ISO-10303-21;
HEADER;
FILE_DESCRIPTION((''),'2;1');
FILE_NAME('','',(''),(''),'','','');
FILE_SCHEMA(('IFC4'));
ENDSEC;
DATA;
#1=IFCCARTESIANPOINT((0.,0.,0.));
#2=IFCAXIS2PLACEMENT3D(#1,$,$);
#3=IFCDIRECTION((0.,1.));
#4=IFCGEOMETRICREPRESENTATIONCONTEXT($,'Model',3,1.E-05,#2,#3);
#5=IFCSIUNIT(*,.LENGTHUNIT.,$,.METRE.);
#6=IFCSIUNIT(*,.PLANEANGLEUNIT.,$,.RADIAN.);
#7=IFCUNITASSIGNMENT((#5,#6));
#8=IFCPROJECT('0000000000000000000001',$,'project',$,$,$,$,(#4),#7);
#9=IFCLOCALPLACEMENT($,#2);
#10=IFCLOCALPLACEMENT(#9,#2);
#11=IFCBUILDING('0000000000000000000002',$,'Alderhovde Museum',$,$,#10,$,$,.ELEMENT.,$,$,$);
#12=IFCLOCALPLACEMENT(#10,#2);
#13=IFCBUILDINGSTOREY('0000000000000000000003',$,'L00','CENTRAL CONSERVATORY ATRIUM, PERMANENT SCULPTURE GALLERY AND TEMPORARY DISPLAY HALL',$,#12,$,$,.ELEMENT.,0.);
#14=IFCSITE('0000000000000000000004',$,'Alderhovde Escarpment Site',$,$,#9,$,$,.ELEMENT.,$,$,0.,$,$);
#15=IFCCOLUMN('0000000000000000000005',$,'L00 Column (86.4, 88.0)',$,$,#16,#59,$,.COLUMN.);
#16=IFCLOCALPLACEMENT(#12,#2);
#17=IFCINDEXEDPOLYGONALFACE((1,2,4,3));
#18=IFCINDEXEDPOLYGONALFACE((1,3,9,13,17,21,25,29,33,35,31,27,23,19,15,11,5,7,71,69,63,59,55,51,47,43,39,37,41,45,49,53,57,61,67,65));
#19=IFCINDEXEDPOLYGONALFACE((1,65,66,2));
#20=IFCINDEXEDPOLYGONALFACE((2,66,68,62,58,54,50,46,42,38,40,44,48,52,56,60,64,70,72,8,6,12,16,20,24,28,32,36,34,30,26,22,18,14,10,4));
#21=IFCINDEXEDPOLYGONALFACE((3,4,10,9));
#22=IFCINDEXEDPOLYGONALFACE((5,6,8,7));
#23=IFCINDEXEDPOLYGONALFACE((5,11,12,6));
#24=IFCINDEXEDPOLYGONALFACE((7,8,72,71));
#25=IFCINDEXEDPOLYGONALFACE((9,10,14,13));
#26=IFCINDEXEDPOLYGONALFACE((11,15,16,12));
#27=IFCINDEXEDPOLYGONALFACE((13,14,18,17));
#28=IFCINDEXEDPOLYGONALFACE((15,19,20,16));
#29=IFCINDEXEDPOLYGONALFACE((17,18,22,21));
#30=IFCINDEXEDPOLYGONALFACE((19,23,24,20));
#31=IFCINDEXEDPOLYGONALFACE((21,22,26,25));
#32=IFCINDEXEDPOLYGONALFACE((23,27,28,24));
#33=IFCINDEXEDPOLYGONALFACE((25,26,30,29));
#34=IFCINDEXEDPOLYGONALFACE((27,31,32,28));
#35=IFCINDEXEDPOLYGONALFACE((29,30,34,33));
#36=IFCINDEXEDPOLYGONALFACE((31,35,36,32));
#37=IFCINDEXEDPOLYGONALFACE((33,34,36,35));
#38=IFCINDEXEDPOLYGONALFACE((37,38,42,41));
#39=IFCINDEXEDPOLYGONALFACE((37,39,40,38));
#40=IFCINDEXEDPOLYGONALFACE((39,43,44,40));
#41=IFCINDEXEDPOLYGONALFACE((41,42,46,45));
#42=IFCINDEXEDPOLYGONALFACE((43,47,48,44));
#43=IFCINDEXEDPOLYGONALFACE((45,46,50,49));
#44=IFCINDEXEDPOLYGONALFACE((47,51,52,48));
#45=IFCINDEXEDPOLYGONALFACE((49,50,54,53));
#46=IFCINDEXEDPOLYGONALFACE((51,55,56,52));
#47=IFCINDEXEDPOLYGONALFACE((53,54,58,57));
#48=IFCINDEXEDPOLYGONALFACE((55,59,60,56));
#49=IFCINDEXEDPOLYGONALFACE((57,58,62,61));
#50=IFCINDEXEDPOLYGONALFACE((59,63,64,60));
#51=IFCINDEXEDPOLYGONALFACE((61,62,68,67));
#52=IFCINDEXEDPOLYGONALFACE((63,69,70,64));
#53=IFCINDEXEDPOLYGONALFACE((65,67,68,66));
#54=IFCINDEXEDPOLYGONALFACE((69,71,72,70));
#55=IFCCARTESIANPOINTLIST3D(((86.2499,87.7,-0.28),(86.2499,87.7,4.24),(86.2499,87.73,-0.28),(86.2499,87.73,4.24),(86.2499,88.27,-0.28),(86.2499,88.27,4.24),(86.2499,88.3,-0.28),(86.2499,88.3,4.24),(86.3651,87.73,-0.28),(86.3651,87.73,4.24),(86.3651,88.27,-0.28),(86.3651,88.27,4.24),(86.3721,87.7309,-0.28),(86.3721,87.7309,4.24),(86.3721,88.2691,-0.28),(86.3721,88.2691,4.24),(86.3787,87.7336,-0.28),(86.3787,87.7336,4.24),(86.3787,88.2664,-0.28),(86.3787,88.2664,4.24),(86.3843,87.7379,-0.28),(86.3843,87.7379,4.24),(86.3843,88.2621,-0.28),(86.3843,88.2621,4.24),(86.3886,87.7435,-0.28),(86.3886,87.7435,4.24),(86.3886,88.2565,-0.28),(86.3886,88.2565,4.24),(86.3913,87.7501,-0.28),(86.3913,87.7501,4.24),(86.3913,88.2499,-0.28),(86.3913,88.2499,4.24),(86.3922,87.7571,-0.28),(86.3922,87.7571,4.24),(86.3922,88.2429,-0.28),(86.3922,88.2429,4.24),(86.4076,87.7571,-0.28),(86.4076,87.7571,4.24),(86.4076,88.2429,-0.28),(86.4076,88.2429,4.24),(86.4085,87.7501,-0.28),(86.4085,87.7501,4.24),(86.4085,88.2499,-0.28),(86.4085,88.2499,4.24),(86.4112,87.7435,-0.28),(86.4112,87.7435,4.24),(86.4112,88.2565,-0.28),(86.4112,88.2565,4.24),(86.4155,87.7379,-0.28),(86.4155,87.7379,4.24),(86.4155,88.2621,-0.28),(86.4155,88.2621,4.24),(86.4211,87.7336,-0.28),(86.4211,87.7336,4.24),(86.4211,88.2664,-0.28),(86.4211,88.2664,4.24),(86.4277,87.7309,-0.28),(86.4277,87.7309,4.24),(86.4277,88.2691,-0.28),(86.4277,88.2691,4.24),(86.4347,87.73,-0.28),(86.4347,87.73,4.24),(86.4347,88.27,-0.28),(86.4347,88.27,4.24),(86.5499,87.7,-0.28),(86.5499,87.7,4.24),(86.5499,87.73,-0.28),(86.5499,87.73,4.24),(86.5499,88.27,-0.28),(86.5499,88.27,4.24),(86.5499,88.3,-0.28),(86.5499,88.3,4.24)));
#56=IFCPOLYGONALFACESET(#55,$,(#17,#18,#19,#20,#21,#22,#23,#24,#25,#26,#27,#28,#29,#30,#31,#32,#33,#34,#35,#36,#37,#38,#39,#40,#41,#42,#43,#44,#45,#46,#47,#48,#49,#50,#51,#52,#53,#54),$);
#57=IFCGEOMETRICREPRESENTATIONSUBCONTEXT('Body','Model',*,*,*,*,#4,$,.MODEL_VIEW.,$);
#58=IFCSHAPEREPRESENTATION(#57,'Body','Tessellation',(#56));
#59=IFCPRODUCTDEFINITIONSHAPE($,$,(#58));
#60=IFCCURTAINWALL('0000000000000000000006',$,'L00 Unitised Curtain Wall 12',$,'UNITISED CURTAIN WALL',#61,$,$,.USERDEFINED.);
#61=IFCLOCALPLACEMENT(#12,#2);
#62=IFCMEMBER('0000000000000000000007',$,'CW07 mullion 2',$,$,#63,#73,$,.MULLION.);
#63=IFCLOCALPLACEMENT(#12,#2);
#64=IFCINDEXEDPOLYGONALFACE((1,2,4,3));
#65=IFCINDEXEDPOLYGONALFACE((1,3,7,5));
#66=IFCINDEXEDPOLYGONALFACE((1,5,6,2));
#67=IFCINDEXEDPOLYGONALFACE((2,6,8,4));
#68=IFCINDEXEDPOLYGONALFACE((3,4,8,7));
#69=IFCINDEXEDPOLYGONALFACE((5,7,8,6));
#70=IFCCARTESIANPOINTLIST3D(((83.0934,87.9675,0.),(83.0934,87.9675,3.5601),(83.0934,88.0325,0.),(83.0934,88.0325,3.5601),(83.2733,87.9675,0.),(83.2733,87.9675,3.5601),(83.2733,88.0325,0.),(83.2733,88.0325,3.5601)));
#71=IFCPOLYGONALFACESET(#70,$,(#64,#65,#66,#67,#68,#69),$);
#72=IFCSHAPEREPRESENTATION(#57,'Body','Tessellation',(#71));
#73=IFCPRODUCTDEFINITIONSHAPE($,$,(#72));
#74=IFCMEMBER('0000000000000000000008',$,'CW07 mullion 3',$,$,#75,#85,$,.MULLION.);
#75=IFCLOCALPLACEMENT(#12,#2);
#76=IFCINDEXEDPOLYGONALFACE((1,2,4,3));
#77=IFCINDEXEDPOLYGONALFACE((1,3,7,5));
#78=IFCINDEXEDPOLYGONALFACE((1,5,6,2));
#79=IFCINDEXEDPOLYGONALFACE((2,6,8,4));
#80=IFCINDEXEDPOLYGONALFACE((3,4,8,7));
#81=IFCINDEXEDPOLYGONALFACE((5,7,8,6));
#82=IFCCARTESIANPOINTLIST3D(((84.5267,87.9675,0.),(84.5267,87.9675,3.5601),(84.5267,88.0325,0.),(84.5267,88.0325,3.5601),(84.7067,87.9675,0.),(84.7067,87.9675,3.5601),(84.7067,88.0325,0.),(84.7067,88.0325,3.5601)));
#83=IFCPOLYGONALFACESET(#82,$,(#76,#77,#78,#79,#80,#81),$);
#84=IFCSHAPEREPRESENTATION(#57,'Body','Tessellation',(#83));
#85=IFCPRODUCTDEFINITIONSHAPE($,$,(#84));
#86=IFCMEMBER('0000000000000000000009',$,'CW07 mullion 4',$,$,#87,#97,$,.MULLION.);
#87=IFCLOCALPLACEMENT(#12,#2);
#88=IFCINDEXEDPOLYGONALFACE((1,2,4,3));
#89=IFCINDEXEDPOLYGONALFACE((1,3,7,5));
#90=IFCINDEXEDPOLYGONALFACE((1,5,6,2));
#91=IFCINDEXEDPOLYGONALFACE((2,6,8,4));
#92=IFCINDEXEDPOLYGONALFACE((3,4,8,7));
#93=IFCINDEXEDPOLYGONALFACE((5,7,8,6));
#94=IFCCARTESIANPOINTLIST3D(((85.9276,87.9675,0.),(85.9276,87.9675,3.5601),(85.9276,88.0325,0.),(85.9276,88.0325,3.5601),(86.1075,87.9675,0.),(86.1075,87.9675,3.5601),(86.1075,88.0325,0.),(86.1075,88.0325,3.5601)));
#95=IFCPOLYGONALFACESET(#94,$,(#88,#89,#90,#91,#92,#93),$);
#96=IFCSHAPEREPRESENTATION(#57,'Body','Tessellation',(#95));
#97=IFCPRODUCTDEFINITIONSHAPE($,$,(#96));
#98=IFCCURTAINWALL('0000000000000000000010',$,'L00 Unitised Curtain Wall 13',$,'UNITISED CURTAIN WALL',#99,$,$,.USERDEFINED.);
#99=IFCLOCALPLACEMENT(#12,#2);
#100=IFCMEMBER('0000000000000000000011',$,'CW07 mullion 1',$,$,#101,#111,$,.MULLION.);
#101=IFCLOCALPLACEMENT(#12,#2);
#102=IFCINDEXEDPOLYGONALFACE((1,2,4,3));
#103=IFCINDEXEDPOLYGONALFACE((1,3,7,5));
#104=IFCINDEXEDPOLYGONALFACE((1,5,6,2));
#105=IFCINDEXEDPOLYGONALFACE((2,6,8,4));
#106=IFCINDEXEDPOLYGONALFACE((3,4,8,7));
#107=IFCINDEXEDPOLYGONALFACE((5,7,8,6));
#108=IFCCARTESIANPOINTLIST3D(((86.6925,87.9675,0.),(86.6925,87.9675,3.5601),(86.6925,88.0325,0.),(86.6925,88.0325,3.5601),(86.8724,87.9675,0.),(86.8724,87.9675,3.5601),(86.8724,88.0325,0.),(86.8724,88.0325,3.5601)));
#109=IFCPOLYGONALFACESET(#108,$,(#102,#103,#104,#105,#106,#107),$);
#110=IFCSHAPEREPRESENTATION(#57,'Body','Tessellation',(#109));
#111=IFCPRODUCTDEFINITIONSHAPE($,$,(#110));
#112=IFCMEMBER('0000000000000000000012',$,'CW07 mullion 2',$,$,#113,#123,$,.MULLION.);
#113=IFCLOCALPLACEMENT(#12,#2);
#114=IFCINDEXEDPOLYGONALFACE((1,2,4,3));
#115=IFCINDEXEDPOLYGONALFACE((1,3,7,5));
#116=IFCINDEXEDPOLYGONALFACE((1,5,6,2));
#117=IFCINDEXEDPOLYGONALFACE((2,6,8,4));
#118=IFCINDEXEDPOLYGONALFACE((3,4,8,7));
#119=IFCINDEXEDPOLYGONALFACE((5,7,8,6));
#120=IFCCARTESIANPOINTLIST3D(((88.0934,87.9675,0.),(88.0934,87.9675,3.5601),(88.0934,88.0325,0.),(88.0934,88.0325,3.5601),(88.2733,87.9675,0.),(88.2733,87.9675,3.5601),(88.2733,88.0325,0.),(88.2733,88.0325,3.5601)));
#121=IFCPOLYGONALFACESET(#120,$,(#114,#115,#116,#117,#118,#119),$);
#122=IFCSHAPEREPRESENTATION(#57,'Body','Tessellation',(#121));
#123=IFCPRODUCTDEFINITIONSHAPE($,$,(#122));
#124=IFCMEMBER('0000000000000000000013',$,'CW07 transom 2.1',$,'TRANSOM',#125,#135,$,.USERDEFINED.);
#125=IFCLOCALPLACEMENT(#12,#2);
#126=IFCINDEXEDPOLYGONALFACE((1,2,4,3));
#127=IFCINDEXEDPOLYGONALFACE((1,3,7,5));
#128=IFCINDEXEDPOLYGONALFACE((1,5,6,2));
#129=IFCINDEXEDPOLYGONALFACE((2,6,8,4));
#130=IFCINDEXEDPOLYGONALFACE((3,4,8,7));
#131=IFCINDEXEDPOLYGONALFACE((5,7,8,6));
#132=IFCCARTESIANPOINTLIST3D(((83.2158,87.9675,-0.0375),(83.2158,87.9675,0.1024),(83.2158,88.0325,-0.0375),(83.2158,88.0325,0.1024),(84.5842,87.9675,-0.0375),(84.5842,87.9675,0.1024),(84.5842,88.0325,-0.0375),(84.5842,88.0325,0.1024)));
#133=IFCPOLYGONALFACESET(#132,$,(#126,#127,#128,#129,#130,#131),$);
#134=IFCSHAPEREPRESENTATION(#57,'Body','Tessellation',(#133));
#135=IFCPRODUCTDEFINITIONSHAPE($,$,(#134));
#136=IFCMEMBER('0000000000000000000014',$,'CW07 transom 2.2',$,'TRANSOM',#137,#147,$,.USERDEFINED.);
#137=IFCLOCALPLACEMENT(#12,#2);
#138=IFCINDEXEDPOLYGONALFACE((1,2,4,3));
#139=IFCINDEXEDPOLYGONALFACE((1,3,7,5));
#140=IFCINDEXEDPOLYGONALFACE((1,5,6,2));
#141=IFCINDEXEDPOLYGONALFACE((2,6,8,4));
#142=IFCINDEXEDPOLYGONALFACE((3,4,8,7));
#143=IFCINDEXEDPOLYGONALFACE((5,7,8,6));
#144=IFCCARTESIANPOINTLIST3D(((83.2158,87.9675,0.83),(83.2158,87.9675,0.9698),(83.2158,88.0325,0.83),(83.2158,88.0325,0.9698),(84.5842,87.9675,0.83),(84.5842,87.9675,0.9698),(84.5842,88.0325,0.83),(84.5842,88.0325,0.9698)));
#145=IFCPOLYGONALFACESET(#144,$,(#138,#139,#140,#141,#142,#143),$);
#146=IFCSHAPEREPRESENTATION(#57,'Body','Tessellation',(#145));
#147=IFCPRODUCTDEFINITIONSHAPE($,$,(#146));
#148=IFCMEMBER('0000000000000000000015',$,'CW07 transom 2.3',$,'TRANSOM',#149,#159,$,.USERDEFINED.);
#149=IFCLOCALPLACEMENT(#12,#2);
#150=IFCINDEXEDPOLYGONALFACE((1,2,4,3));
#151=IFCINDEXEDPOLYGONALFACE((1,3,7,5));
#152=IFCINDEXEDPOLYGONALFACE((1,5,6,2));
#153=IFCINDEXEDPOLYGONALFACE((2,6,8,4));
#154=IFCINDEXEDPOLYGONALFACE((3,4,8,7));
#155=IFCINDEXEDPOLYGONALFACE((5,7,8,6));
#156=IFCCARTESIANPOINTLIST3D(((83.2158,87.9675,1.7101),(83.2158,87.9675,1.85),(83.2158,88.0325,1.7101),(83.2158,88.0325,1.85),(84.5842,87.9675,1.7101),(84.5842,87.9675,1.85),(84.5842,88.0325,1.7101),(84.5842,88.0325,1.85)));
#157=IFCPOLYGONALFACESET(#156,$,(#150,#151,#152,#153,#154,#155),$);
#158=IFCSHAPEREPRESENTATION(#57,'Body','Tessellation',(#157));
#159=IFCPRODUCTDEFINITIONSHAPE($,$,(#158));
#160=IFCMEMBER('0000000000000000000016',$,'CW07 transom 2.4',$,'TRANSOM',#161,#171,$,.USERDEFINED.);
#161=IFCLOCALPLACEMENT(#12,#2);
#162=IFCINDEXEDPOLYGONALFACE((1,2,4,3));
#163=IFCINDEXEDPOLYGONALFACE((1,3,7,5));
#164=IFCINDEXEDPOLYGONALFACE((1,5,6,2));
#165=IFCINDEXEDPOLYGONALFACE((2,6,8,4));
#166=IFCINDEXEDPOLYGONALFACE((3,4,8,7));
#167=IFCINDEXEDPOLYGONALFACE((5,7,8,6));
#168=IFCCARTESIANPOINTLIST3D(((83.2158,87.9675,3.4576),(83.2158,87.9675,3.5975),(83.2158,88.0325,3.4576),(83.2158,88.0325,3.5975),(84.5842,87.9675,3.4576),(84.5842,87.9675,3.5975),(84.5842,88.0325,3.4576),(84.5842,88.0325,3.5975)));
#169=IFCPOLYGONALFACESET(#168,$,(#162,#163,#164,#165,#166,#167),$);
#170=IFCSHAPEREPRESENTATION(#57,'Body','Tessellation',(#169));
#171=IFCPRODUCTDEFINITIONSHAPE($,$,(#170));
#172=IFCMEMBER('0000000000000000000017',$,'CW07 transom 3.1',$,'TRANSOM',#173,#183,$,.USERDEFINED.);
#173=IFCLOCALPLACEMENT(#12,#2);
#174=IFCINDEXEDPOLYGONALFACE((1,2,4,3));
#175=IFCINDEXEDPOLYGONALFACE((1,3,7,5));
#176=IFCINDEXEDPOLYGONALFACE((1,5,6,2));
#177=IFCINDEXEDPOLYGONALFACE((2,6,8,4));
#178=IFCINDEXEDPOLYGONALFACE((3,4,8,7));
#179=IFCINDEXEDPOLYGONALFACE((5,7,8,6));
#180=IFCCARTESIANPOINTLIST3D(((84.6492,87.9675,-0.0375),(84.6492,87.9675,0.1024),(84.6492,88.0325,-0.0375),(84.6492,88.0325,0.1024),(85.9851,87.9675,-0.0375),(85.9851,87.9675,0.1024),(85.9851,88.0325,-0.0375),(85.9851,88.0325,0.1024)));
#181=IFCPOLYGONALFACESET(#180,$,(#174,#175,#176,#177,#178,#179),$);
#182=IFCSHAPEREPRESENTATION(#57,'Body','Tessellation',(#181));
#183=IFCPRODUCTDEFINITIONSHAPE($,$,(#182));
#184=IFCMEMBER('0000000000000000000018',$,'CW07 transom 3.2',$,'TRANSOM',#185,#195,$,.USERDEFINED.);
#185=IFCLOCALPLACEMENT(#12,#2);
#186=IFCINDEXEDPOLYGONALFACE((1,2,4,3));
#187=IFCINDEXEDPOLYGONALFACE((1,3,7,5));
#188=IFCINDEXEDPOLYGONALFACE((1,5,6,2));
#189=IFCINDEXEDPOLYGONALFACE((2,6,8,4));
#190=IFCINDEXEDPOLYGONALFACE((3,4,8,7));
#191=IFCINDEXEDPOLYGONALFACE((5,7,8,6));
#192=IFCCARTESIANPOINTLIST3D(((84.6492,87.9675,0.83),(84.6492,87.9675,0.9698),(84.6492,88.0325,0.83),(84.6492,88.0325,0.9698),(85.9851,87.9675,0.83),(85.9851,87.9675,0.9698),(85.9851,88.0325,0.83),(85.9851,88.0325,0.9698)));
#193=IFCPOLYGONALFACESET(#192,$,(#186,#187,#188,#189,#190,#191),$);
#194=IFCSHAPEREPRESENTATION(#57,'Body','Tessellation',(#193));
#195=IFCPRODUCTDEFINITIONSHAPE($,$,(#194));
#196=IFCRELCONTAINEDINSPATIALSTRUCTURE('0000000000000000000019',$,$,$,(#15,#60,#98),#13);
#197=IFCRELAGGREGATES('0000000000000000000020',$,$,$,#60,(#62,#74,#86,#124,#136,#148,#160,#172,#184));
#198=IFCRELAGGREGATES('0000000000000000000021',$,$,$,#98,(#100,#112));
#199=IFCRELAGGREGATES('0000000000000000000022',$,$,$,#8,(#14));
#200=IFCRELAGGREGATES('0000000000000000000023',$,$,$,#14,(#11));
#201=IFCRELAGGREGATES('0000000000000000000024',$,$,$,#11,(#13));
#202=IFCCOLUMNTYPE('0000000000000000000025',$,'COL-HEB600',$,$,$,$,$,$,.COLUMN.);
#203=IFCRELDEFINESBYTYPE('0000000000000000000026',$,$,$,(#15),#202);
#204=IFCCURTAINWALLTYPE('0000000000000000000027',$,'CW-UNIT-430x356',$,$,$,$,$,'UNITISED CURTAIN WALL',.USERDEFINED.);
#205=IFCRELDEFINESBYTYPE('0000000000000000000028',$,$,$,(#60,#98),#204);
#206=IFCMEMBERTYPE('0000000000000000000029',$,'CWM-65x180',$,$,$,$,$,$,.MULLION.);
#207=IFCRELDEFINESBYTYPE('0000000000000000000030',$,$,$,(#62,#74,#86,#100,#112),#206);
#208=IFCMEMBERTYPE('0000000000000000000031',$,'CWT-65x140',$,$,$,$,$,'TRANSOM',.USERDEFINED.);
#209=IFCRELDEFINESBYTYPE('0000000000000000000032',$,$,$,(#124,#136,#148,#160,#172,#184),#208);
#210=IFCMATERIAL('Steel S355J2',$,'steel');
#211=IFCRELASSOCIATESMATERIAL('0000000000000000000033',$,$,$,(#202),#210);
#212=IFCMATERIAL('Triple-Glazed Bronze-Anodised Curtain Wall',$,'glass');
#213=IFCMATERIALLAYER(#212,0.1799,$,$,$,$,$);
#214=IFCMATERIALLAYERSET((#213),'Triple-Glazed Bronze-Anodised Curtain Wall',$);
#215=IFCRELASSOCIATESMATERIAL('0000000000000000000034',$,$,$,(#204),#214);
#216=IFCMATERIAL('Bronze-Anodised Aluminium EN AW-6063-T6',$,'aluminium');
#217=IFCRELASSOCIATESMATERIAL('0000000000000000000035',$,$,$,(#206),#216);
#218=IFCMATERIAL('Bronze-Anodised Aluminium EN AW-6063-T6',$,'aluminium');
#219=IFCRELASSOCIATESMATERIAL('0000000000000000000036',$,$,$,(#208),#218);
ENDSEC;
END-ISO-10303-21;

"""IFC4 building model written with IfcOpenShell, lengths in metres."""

from ifc_helpers import new_model, si_unit, direction, frame, origin, origin_2d, place, context, subcontext, project, spatial, rectangle, i_section, extrude, material, layer, layer_set, material_profile, profile_set, type_object, element, aggregate, save


model = new_model("IFC4")

# Units and contexts
model_context = context("Model", 3, precision=1e-05, world=origin(), true_north=direction((0.0, 1.0)))
body_context = subcontext(model_context, "Body", "Model", "MODEL_VIEW")
ifc_project = project(units=[si_unit("LENGTHUNIT", "METRE"), si_unit("PLANEANGLEUNIT", "RADIAN")], contexts=[model_context])

# Site, building, storey
site_placement = place(None, origin())
site = spatial("IfcSite", under=ifc_project, at=site_placement, Name="Alderhovde Escarpment Site", CompositionType="ELEMENT", RefElevation=0.0)
building_placement = place(site_placement, origin())
building = spatial("IfcBuilding", under=site, at=building_placement, Name="Alderhovde Museum", CompositionType="ELEMENT")
storey_placement = place(building_placement, origin())
storey = spatial("IfcBuildingStorey", under=building, at=storey_placement, Name="L00", Description="CENTRAL CONSERVATORY ATRIUM, PERMANENT SCULPTURE GALLERY AND TEMPORARY DISPLAY HALL", CompositionType="ELEMENT", Elevation=0.0)

# Column
ifc_material_1 = material(Name="Steel S355J2", Category="steel")
ifc_material_profile_1 = material_profile(ifc_material_1, i_section(OverallWidth=0.3, OverallDepth=0.6001, WebThickness=0.0154, FlangeThickness=0.03, FilletRadius=0.0271, at=origin_2d()), Name="HEB 600")
ifc_profile_set_1 = profile_set([ifc_material_profile_1], Name="Steel S355J2")
column_type = type_object("IfcColumnType", Name="COL-HEB600", PredefinedType="COLUMN", material=ifc_profile_set_1)
column_placement = place(storey_placement, frame((86.3999, 88.0, -0.28), z_axis=(0.0, 0.0, 1.0), x_axis=(1.0, 0.0, 0.0)))
element("IfcColumn", 1, at=column_placement, inside=storey, type_object=column_type, Name="L00 Column (86.4, 88.0)", PredefinedType="COLUMN", context=body_context, shape_type="SweptSolid", body=[
    extrude(i_section(OverallWidth=0.3, OverallDepth=0.6001, WebThickness=0.0154, FlangeThickness=0.03, FilletRadius=0.0271, at=origin_2d()), origin(), (0.0, 0.0, 1.0), 4.52),
])

# Curtain walls, members
ifc_material_2 = material(Name="Triple-Glazed Bronze-Anodised Curtain Wall", Category="glass")
ifc_layer_1 = layer(ifc_material_2, 0.1799)
ifc_layer_set_1 = layer_set([ifc_layer_1], Name="Triple-Glazed Bronze-Anodised Curtain Wall")
curtain_wall_type = type_object("IfcCurtainWallType", Name="CW-UNIT-430x356", ElementType="UNITISED CURTAIN WALL", PredefinedType="USERDEFINED", material=ifc_layer_set_1)
curtain_wall_1_placement = place(storey_placement, origin())
curtain_wall_1 = element("IfcCurtainWall", 2, at=curtain_wall_1_placement, inside=storey, type_object=curtain_wall_type, Name="L00 Unitised Curtain Wall 12", ObjectType="UNITISED CURTAIN WALL", PredefinedType="USERDEFINED")
ifc_material_3 = material(Name="Bronze-Anodised Aluminium EN AW-6063-T6", Category="aluminium")
ifc_material_profile_2 = material_profile(ifc_material_3, rectangle(XDim=0.0649, YDim=0.1799, at=origin_2d()), Name="MULLION 65x180")
ifc_profile_set_2 = profile_set([ifc_material_profile_2], Name="Bronze-Anodised Aluminium EN AW-6063-T6")
member_type_1 = type_object("IfcMemberType", Name="CWM-65x180", PredefinedType="MULLION", material=ifc_profile_set_2)
member_1_placement = place(storey_placement, frame((83.1833, 88.0, 0.0), z_axis=(0.0, 0.0, 1.0), x_axis=(0.0, 1.0, 0.0)))
member_1 = element("IfcMember", 3, at=member_1_placement, type_object=member_type_1, Name="CW07 mullion 2", PredefinedType="MULLION", context=body_context, shape_type="SweptSolid", body=[
    extrude(rectangle(XDim=0.0649, YDim=0.1799, at=origin_2d()), origin(), (0.0, 0.0, 1.0), 3.5601),
])
member_2_placement = place(storey_placement, frame((84.6167, 88.0, 0.0), z_axis=(0.0, 0.0, 1.0), x_axis=(0.0, 1.0, 0.0)))
member_2 = element("IfcMember", 4, at=member_2_placement, type_object=member_type_1, Name="CW07 mullion 3", PredefinedType="MULLION", context=body_context, shape_type="SweptSolid", body=[
    extrude(rectangle(XDim=0.0649, YDim=0.1799, at=origin_2d()), origin(), (0.0, 0.0, 1.0), 3.5601),
])
member_3_placement = place(storey_placement, frame((86.0176, 88.0, 0.0), z_axis=(0.0, 0.0, 1.0), x_axis=(0.0, 1.0, 0.0)))
member_3 = element("IfcMember", 5, at=member_3_placement, type_object=member_type_1, Name="CW07 mullion 4", PredefinedType="MULLION", context=body_context, shape_type="SweptSolid", body=[
    extrude(rectangle(XDim=0.0649, YDim=0.1799, at=origin_2d()), origin(), (0.0, 0.0, 1.0), 3.5601),
])
curtain_wall_2_placement = place(storey_placement, origin())
curtain_wall_2 = element("IfcCurtainWall", 6, at=curtain_wall_2_placement, inside=storey, type_object=curtain_wall_type, Name="L00 Unitised Curtain Wall 13", ObjectType="UNITISED CURTAIN WALL", PredefinedType="USERDEFINED")
member_4_placement = place(storey_placement, frame((86.7825, 88.0, 0.0), z_axis=(0.0, 0.0, 1.0), x_axis=(0.0, 1.0, 0.0)))
member_4 = element("IfcMember", 7, at=member_4_placement, type_object=member_type_1, Name="CW07 mullion 1", PredefinedType="MULLION", context=body_context, shape_type="SweptSolid", body=[
    extrude(rectangle(XDim=0.0649, YDim=0.1799, at=origin_2d()), origin(), (0.0, 0.0, 1.0), 3.5601),
])
member_5_placement = place(storey_placement, frame((88.1833, 88.0, 0.0), z_axis=(0.0, 0.0, 1.0), x_axis=(0.0, 1.0, 0.0)))
member_5 = element("IfcMember", 8, at=member_5_placement, type_object=member_type_1, Name="CW07 mullion 2", PredefinedType="MULLION", context=body_context, shape_type="SweptSolid", body=[
    extrude(rectangle(XDim=0.0649, YDim=0.1799, at=origin_2d()), origin(), (0.0, 0.0, 1.0), 3.5601),
])

# Members
ifc_material_4 = material(Name="Bronze-Anodised Aluminium EN AW-6063-T6", Category="aluminium")
ifc_material_profile_3 = material_profile(ifc_material_4, rectangle(XDim=0.0649, YDim=0.1399, at=origin_2d()), Name="TRANSOM 65x140")
ifc_profile_set_3 = profile_set([ifc_material_profile_3], Name="Bronze-Anodised Aluminium EN AW-6063-T6")
member_type_2 = type_object("IfcMemberType", Name="CWT-65x140", ElementType="TRANSOM", PredefinedType="USERDEFINED", material=ifc_profile_set_3)
member_6_placement = place(storey_placement, frame((83.2158, 88.0, 0.0325), z_axis=(1.0, 0.0, 0.0), x_axis=(0.0, 1.0, 0.0)))
member_6 = element("IfcMember", 9, at=member_6_placement, type_object=member_type_2, Name="CW07 transom 2.1", ObjectType="TRANSOM", PredefinedType="USERDEFINED", context=body_context, shape_type="SweptSolid", body=[
    extrude(rectangle(XDim=0.0649, YDim=0.1399, at=origin_2d()), origin(), (0.0, 0.0, 1.0), 1.3684),
])
member_7_placement = place(storey_placement, frame((83.2158, 88.0, 0.8999), z_axis=(1.0, 0.0, 0.0), x_axis=(0.0, 1.0, 0.0)))
member_7 = element("IfcMember", 10, at=member_7_placement, type_object=member_type_2, Name="CW07 transom 2.2", ObjectType="TRANSOM", PredefinedType="USERDEFINED", context=body_context, shape_type="SweptSolid", body=[
    extrude(rectangle(XDim=0.0649, YDim=0.1399, at=origin_2d()), origin(), (0.0, 0.0, 1.0), 1.3684),
])
member_8_placement = place(storey_placement, frame((83.2158, 88.0, 1.78), z_axis=(1.0, 0.0, 0.0), x_axis=(0.0, 1.0, 0.0)))
member_8 = element("IfcMember", 11, at=member_8_placement, type_object=member_type_2, Name="CW07 transom 2.3", ObjectType="TRANSOM", PredefinedType="USERDEFINED", context=body_context, shape_type="SweptSolid", body=[
    extrude(rectangle(XDim=0.0649, YDim=0.1399, at=origin_2d()), origin(), (0.0, 0.0, 1.0), 1.3684),
])
member_9_placement = place(storey_placement, frame((83.2158, 88.0, 3.5276), z_axis=(1.0, 0.0, 0.0), x_axis=(0.0, 1.0, 0.0)))
member_9 = element("IfcMember", 12, at=member_9_placement, type_object=member_type_2, Name="CW07 transom 2.4", ObjectType="TRANSOM", PredefinedType="USERDEFINED", context=body_context, shape_type="SweptSolid", body=[
    extrude(rectangle(XDim=0.0649, YDim=0.1399, at=origin_2d()), origin(), (0.0, 0.0, 1.0), 1.3684),
])
member_10_placement = place(storey_placement, frame((84.6492, 88.0, 0.0325), z_axis=(1.0, 0.0, 0.0), x_axis=(0.0, 1.0, 0.0)))
member_10 = element("IfcMember", 13, at=member_10_placement, type_object=member_type_2, Name="CW07 transom 3.1", ObjectType="TRANSOM", PredefinedType="USERDEFINED", context=body_context, shape_type="SweptSolid", body=[
    extrude(rectangle(XDim=0.0649, YDim=0.1399, at=origin_2d()), origin(), (0.0, 0.0, 1.0), 1.3359),
])
member_11_placement = place(storey_placement, frame((84.6492, 88.0, 0.8999), z_axis=(1.0, 0.0, 0.0), x_axis=(0.0, 1.0, 0.0)))
member_11 = element("IfcMember", 14, at=member_11_placement, type_object=member_type_2, Name="CW07 transom 3.2", ObjectType="TRANSOM", PredefinedType="USERDEFINED", context=body_context, shape_type="SweptSolid", body=[
    extrude(rectangle(XDim=0.0649, YDim=0.1399, at=origin_2d()), origin(), (0.0, 0.0, 1.0), 1.3359),
])

aggregate(curtain_wall_1, [member_1, member_2, member_3, member_6, member_7, member_8, member_9, member_10, member_11])
aggregate(curtain_wall_2, [member_4, member_5])

save(model, "model.ifc")
